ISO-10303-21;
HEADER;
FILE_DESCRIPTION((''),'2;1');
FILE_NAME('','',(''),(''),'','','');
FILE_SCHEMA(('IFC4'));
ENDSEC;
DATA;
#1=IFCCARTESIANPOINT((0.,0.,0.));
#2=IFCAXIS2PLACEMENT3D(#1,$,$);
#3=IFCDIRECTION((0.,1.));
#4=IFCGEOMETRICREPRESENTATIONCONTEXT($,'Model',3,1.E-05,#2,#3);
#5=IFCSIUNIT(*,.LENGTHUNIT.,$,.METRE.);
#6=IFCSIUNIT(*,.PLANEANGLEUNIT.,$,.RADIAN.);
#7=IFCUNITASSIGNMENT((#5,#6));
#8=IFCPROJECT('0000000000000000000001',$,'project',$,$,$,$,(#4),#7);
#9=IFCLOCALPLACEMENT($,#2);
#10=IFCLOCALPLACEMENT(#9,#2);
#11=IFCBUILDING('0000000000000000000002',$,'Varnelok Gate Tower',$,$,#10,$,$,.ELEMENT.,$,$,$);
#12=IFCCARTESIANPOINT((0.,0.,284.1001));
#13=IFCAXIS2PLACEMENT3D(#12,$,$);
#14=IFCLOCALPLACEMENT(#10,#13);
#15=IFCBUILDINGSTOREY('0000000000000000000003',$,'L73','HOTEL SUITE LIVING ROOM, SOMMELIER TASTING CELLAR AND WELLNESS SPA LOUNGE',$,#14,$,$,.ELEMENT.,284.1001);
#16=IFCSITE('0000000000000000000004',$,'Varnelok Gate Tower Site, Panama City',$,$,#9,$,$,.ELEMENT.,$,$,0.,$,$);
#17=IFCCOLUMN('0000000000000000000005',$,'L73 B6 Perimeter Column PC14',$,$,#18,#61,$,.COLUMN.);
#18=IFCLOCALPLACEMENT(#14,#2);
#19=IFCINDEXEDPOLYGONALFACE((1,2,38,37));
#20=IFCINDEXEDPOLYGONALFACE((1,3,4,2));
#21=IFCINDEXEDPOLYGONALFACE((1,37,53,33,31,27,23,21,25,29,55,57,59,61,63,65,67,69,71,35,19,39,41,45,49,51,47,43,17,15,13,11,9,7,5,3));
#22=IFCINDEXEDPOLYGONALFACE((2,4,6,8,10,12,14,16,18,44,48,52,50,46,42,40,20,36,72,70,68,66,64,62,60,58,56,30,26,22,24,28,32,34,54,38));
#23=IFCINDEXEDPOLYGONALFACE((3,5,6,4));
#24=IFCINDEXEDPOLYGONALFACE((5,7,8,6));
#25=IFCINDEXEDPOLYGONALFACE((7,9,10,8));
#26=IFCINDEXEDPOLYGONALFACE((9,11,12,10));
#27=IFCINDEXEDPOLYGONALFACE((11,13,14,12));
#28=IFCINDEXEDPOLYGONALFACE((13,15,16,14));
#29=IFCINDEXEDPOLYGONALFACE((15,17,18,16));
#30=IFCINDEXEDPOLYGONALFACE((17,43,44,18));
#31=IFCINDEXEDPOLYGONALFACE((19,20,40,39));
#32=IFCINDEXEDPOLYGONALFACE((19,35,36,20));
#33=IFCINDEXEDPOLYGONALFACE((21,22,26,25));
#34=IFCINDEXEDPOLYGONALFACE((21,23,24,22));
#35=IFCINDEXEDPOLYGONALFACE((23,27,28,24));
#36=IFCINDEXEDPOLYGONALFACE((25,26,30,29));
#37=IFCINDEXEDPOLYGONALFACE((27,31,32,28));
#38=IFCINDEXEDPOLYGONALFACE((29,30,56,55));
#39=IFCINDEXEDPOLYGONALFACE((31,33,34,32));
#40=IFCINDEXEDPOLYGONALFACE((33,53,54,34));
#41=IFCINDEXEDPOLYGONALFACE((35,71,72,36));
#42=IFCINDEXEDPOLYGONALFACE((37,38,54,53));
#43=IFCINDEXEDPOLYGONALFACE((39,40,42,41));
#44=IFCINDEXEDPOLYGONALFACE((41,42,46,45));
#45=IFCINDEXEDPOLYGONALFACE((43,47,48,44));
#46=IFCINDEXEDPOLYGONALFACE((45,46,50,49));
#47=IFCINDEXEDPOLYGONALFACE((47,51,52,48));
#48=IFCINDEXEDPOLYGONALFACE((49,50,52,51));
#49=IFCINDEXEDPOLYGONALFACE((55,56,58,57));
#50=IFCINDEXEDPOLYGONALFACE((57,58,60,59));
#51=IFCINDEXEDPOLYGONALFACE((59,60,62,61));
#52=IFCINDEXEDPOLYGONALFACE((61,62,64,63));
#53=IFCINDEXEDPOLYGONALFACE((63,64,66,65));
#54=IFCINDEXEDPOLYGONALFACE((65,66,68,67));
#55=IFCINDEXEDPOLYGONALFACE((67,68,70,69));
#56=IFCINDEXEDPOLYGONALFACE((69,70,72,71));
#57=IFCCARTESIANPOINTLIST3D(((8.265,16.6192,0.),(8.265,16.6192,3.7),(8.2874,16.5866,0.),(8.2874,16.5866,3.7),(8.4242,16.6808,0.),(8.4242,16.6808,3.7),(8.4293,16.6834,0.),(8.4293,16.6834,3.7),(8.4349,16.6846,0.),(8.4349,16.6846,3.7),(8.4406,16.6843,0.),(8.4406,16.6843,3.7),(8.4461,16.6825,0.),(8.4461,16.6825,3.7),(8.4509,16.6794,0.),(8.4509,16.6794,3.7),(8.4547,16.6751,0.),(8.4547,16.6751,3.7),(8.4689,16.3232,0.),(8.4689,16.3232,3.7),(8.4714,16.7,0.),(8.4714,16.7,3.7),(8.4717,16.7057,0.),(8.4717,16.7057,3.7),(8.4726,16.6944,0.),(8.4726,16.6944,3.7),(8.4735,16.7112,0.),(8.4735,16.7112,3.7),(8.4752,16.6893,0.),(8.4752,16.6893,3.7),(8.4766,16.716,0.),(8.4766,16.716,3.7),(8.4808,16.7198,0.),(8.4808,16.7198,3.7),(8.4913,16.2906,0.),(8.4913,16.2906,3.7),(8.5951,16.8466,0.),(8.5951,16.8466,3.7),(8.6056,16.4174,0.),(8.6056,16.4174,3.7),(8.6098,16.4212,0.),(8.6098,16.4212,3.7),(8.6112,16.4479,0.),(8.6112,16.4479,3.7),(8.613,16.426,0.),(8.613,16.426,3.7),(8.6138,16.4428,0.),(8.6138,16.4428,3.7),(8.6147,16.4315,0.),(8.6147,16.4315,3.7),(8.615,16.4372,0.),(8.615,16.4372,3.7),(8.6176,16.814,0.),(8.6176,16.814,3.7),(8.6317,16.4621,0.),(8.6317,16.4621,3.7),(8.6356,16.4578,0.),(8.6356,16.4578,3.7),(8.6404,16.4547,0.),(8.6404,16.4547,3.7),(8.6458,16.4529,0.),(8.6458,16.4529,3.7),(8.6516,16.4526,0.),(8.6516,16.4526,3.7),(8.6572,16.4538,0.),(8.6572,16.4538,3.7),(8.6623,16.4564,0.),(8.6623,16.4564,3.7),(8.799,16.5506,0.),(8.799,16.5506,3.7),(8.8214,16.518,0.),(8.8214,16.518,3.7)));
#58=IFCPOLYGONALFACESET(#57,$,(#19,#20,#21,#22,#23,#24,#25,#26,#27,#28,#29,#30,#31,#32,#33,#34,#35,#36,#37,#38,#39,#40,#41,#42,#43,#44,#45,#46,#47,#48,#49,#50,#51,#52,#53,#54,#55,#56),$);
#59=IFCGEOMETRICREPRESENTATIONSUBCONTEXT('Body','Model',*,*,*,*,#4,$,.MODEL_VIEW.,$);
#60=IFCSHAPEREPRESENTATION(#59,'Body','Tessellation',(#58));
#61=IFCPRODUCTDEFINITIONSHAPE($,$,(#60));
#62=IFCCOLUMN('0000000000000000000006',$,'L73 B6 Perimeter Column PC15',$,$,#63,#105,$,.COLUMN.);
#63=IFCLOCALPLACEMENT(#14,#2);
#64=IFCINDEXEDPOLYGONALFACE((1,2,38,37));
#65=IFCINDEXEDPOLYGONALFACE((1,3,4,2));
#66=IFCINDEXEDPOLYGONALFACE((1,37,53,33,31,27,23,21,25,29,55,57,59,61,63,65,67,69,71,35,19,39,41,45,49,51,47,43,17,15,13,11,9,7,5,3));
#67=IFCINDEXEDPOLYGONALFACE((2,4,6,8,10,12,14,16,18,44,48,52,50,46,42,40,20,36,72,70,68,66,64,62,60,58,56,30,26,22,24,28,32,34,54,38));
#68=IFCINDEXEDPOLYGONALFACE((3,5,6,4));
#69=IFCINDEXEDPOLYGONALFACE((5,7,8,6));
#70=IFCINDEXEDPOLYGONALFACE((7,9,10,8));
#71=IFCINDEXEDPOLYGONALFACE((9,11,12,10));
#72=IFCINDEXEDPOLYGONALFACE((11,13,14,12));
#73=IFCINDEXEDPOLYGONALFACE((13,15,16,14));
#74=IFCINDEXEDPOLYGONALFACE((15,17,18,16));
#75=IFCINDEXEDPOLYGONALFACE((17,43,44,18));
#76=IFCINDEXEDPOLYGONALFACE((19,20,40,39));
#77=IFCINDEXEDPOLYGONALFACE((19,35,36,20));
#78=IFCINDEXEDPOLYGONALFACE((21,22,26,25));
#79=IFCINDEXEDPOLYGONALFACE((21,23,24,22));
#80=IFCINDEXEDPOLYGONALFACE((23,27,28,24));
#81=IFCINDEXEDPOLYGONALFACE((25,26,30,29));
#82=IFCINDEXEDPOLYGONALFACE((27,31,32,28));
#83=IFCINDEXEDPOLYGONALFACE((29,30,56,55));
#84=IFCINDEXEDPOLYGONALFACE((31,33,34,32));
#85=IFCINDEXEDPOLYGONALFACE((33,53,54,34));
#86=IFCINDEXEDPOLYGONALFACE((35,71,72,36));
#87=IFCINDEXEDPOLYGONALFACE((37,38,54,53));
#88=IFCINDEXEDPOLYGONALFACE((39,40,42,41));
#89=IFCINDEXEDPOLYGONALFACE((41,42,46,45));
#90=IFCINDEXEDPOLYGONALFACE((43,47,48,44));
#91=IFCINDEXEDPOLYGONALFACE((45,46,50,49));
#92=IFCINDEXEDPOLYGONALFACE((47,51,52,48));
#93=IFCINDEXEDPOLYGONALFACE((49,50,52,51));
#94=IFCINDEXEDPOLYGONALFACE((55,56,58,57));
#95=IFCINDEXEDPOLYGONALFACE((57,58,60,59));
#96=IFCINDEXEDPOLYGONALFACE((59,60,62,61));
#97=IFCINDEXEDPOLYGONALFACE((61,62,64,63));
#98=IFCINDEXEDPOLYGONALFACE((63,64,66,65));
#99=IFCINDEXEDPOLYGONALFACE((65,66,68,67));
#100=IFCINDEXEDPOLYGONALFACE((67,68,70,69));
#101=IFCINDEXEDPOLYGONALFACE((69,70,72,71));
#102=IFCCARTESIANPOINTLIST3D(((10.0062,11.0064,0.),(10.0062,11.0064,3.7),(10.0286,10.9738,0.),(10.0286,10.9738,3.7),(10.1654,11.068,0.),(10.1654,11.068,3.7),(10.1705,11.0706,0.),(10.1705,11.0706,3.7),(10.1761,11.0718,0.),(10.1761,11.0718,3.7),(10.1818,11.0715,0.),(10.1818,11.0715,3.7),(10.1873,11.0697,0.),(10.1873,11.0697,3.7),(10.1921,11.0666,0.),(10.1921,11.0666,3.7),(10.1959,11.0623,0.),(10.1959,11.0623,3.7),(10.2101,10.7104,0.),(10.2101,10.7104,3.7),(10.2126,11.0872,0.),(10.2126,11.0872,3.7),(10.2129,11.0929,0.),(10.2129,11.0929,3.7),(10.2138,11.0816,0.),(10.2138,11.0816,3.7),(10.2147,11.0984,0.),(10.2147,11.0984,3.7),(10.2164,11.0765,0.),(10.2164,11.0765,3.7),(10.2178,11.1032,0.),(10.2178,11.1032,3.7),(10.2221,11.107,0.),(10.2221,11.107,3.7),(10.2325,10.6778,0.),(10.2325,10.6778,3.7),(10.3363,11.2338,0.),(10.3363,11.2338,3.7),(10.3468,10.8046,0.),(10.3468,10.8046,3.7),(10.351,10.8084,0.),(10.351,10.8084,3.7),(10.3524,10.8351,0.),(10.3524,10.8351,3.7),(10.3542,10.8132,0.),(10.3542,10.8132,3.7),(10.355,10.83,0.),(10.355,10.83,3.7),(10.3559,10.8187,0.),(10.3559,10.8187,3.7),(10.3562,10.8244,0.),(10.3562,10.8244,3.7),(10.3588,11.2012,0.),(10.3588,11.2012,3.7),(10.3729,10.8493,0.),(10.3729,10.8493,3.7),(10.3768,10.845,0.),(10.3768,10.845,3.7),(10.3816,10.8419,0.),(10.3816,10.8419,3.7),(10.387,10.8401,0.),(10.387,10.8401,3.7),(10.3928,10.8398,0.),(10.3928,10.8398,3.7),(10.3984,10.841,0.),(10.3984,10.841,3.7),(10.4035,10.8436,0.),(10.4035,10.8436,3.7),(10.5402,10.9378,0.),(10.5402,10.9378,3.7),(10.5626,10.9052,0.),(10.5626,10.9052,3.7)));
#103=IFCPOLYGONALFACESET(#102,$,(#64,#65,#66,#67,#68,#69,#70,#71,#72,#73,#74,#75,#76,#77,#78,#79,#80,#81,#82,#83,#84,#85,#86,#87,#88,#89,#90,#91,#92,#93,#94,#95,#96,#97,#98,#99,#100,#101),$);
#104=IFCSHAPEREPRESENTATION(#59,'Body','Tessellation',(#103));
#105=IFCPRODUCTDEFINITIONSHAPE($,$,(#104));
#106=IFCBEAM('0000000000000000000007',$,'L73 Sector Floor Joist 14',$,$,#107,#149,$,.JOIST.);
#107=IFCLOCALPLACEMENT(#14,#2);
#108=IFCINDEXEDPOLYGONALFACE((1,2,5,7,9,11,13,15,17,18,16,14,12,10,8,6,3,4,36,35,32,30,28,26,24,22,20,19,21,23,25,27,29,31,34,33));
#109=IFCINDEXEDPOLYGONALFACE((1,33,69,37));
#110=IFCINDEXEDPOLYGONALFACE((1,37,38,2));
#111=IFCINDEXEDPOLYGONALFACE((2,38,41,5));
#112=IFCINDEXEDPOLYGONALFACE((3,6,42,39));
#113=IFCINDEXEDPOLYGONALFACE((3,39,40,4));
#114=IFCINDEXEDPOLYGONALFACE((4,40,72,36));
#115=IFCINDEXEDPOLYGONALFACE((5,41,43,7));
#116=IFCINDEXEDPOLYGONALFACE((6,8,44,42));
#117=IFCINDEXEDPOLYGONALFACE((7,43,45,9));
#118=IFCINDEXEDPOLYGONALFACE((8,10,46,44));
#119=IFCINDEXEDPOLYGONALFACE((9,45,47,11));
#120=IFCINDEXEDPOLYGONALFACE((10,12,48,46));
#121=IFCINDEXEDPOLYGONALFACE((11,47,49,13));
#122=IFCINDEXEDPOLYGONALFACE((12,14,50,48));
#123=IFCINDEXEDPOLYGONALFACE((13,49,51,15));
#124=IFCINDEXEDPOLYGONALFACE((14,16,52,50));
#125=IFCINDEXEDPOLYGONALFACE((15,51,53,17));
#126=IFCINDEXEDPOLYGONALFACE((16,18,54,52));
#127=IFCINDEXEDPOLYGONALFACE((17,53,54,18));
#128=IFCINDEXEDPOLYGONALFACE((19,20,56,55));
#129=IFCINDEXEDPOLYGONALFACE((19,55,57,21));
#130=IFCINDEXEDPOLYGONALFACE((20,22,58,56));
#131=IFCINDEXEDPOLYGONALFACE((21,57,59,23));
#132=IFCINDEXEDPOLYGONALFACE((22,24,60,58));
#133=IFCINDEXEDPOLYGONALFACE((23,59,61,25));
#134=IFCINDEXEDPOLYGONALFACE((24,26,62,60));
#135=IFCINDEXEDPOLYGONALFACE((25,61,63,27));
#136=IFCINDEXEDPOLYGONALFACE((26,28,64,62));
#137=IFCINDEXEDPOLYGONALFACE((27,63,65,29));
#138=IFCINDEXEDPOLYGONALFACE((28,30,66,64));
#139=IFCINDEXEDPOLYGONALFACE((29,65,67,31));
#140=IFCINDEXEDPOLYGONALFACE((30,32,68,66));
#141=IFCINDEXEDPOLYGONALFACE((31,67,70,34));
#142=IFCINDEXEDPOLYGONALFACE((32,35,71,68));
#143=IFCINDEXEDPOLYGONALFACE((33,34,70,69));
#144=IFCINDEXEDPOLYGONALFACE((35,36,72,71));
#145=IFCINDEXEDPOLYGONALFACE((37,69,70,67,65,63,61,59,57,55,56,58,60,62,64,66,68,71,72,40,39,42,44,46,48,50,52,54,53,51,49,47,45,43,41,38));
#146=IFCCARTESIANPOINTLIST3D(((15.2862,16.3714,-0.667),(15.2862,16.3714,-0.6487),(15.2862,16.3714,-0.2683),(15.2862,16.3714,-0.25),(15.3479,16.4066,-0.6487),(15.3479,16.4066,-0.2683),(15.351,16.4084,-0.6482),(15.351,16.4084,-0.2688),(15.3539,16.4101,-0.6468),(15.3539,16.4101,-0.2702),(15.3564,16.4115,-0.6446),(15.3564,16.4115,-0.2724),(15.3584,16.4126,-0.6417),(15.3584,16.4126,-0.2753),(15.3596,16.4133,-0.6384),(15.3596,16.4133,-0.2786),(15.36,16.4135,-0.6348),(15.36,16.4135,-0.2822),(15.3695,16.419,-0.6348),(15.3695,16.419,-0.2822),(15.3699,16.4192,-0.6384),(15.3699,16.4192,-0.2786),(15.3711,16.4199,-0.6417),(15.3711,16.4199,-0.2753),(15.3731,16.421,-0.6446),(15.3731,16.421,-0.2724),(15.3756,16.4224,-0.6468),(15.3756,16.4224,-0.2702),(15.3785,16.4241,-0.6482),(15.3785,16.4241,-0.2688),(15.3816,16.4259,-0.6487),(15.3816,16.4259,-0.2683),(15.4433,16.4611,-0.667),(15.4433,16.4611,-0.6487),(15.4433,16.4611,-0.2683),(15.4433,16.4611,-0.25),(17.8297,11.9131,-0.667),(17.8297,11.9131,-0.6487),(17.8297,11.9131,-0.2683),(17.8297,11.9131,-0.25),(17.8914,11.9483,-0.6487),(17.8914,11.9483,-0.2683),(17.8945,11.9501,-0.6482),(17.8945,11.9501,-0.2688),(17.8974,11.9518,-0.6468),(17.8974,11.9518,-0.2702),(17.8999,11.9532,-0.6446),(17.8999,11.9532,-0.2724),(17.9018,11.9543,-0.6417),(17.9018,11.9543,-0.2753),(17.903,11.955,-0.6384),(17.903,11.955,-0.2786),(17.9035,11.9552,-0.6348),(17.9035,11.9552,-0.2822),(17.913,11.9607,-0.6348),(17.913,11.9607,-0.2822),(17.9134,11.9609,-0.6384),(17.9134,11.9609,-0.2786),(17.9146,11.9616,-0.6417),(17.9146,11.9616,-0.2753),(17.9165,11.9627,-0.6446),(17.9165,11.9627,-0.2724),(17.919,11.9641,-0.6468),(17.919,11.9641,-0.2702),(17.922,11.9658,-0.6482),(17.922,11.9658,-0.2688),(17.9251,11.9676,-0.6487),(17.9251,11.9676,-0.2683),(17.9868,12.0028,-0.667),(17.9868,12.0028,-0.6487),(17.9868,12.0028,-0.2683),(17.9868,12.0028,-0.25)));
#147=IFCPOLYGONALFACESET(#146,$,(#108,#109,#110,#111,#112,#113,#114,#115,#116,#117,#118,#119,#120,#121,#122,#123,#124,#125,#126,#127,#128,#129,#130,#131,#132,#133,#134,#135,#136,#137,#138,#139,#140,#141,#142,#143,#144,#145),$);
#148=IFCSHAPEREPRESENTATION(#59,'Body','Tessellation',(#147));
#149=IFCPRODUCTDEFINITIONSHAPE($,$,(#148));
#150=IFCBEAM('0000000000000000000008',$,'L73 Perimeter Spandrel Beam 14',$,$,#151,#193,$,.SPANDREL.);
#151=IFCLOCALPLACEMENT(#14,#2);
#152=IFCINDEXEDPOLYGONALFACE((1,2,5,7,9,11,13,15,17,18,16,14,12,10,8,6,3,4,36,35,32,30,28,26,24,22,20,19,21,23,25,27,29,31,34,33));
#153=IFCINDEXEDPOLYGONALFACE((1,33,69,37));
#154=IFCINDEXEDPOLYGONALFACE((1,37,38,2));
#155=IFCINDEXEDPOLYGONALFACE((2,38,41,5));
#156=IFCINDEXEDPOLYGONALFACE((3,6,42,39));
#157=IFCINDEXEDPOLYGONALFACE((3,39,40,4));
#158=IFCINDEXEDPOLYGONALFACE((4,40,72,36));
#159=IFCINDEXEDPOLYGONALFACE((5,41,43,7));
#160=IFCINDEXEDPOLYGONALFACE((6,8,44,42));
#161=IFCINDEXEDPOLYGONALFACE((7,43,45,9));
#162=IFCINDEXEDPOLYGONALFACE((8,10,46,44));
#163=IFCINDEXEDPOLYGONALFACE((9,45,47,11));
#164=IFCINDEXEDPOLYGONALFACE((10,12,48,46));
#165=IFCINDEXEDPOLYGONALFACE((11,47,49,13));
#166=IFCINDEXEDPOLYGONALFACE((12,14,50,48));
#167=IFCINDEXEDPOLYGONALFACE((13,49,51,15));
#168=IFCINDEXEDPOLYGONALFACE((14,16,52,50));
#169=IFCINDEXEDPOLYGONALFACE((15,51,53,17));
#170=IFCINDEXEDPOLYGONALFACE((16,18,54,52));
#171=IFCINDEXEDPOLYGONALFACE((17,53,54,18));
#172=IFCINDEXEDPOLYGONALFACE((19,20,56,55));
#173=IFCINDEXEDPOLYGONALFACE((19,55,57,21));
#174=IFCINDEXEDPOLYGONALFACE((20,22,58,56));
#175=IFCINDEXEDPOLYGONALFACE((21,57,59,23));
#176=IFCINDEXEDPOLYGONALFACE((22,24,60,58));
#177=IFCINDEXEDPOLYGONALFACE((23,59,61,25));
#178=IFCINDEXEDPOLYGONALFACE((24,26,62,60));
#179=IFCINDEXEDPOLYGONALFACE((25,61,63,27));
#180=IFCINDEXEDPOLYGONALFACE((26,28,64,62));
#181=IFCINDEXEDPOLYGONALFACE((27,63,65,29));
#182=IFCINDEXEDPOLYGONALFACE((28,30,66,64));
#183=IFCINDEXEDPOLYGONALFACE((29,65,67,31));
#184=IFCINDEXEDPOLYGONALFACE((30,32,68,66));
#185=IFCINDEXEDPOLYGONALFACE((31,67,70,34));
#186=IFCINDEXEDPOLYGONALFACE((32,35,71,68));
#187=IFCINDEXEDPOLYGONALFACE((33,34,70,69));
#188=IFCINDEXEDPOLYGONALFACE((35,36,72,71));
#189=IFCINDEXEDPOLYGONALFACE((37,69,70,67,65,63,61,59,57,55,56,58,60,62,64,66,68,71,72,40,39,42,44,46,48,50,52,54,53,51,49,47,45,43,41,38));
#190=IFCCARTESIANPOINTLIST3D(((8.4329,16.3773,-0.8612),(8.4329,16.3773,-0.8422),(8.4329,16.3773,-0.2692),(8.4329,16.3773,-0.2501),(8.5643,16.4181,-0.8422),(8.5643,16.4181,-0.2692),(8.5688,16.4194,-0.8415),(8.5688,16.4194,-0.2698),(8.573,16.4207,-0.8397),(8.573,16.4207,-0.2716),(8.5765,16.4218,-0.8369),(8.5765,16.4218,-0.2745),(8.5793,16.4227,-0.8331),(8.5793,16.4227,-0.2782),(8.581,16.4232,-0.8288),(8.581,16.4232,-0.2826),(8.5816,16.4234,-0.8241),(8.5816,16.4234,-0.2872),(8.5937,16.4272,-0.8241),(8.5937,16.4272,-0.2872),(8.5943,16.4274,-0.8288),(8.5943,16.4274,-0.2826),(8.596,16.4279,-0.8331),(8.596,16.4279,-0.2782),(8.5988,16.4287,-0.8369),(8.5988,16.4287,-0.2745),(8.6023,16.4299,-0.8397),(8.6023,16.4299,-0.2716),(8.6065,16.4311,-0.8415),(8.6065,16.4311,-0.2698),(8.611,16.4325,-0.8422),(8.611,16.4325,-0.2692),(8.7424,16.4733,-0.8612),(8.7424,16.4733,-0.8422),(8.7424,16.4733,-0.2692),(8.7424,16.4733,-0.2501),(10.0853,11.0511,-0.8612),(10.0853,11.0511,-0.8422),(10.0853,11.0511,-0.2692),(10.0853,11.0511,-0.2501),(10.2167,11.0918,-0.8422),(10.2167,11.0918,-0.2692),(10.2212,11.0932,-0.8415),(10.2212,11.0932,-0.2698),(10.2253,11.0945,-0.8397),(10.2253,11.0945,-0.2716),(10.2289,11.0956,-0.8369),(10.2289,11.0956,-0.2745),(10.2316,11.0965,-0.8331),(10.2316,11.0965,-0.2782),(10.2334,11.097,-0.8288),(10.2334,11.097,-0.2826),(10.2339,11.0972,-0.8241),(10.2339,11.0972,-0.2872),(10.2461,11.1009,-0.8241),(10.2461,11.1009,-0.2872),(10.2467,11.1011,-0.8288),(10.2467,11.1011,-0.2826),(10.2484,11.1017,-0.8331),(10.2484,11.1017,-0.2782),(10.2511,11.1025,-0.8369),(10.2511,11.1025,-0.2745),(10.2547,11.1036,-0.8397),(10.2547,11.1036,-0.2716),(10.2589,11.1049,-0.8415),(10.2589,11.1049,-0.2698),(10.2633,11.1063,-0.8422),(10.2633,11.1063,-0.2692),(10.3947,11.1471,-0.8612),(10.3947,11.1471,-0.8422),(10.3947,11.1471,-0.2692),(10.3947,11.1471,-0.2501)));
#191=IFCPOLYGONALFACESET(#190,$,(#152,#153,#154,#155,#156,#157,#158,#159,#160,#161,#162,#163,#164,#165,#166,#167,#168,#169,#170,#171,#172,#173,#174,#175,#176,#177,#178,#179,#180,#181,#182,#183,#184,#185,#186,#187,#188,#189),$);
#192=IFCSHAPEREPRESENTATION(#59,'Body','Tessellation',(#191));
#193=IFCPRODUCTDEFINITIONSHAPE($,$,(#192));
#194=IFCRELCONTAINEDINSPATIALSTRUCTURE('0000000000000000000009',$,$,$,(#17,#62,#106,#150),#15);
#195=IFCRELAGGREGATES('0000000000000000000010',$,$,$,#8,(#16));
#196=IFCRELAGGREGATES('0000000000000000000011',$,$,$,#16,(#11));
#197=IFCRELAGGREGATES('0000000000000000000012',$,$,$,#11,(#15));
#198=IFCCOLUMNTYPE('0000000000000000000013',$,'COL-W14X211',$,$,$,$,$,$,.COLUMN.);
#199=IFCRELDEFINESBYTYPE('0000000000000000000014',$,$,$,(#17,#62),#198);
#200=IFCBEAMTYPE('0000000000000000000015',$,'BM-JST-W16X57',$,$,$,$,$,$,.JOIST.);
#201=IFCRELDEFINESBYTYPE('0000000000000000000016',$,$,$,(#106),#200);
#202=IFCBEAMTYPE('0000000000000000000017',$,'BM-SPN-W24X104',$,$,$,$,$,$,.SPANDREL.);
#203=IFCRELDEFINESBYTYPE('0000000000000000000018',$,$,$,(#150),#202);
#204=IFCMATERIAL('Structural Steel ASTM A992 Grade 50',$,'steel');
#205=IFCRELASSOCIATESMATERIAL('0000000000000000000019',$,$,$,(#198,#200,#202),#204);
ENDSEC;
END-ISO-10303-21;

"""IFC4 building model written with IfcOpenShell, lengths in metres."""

from ifc_helpers import new_model, si_unit, direction, frame, origin, origin_2d, place, context, subcontext, project, spatial, i_section, extrude, material, material_profile, profile_set, type_object, element, save


model = new_model("IFC4")

# Units and contexts
model_context = context("Model", 3, precision=1e-05, world=origin(), true_north=direction((0.0, 1.0)))
body_context = subcontext(model_context, "Body", "Model", "MODEL_VIEW")
ifc_project = project(units=[si_unit("LENGTHUNIT", "METRE"), si_unit("PLANEANGLEUNIT", "RADIAN")], contexts=[model_context])

# Site, building, storey
site_placement = place(None, origin())
site = spatial("IfcSite", under=ifc_project, at=site_placement, Name="Varnelok Gate Tower Site, Panama City", CompositionType="ELEMENT", RefElevation=0.0)
building_placement = place(site_placement, origin())
building = spatial("IfcBuilding", under=site, at=building_placement, Name="Varnelok Gate Tower", CompositionType="ELEMENT")
storey_placement = place(building_placement, frame((0.0, 0.0, 284.1001)))
storey = spatial("IfcBuildingStorey", under=building, at=storey_placement, Name="L73", Description="HOTEL SUITE LIVING ROOM, SOMMELIER TASTING CELLAR AND WELLNESS SPA LOUNGE", CompositionType="ELEMENT", Elevation=284.1001)

# Columns
ifc_material_1 = material(Name="Structural Steel ASTM A992 Grade 50", Category="steel")
ifc_material_profile_1 = material_profile(ifc_material_1, i_section(OverallWidth=0.4009, OverallDepth=0.3989, WebThickness=0.0249, FlangeThickness=0.0396, FilletRadius=0.022, at=origin_2d()), Name="W14X211")
ifc_profile_set_1 = profile_set([ifc_material_profile_1], Name="Structural Steel ASTM A992 Grade 50")
column_type = type_object("IfcColumnType", Name="COL-W14X211", PredefinedType="COLUMN", material=ifc_profile_set_1)
for number, where, z_axis, x_axis, name in (
    (1, (8.5432, 16.5686, 0.0), (0.0, 0.0, 1.0), (0.823533, 0.567269, 0.0), "L73 B6 Perimeter Column PC14"),
    (2, (10.2844, 10.9558, 0.0), (0.0, 0.0, 1.0), (0.823533, 0.567269, 0.0), "L73 B6 Perimeter Column PC15"),
):
    element("IfcColumn", number, at=place(storey_placement, frame(where, z_axis=z_axis, x_axis=x_axis)), inside=storey, type_object=column_type, Name=name, PredefinedType="COLUMN", context=body_context, shape_type="SweptSolid", body=[
        extrude(i_section(OverallWidth=0.4009, OverallDepth=0.3989, WebThickness=0.0249, FlangeThickness=0.0396, FilletRadius=0.022, at=origin_2d()), origin(), (0.0, 0.0, 1.0), 3.7),
    ])

# Beams
ifc_material_profile_2 = material_profile(ifc_material_1, i_section(OverallWidth=0.1809, OverallDepth=0.417, WebThickness=0.011, FlangeThickness=0.0183, FilletRadius=0.0139, at=origin_2d()), Name="W16X57")
ifc_profile_set_2 = profile_set([ifc_material_profile_2], Name="Structural Steel ASTM A992 Grade 50")
beam_type_1 = type_object("IfcBeamType", Name="BM-JST-W16X57", PredefinedType="JOIST", material=ifc_profile_set_2)
beam_1_placement = place(storey_placement, frame((15.3647, 16.4163, -0.4585), z_axis=(0.495534, -0.868588, 0.0), x_axis=(0.868588, 0.495534, 0.0)))
element("IfcBeam", 3, at=beam_1_placement, inside=storey, type_object=beam_type_1, Name="L73 Sector Floor Joist 14", PredefinedType="JOIST", context=body_context, shape_type="SweptSolid", body=[
    extrude(i_section(OverallWidth=0.1809, OverallDepth=0.417, WebThickness=0.011, FlangeThickness=0.0183, FilletRadius=0.0139, at=origin_2d()), origin(), (0.0, 0.0, 1.0), 5.1328),
])
ifc_material_profile_3 = material_profile(ifc_material_1, i_section(OverallWidth=0.324, OverallDepth=0.6111, WebThickness=0.0127, FlangeThickness=0.019, FilletRadius=0.0181, at=origin_2d()), Name="W24X104")
ifc_profile_set_3 = profile_set([ifc_material_profile_3], Name="Structural Steel ASTM A992 Grade 50")
beam_type_2 = type_object("IfcBeamType", Name="BM-SPN-W24X104", PredefinedType="SPANDREL", material=ifc_profile_set_3)
beam_2_placement = place(storey_placement, frame((8.5876, 16.4253, -0.5557), z_axis=(0.2963, -0.955095, 0.0), x_axis=(0.955095, 0.2963, 0.0)))
element("IfcBeam", 4, at=beam_2_placement, inside=storey, type_object=beam_type_2, Name="L73 Perimeter Spandrel Beam 14", PredefinedType="SPANDREL", context=body_context, shape_type="SweptSolid", body=[
    extrude(i_section(OverallWidth=0.324, OverallDepth=0.6111, WebThickness=0.0127, FlangeThickness=0.019, FilletRadius=0.0181, at=origin_2d()), origin(), (0.0, 0.0, 1.0), 5.5767),
])

save(model, "model.ifc")
